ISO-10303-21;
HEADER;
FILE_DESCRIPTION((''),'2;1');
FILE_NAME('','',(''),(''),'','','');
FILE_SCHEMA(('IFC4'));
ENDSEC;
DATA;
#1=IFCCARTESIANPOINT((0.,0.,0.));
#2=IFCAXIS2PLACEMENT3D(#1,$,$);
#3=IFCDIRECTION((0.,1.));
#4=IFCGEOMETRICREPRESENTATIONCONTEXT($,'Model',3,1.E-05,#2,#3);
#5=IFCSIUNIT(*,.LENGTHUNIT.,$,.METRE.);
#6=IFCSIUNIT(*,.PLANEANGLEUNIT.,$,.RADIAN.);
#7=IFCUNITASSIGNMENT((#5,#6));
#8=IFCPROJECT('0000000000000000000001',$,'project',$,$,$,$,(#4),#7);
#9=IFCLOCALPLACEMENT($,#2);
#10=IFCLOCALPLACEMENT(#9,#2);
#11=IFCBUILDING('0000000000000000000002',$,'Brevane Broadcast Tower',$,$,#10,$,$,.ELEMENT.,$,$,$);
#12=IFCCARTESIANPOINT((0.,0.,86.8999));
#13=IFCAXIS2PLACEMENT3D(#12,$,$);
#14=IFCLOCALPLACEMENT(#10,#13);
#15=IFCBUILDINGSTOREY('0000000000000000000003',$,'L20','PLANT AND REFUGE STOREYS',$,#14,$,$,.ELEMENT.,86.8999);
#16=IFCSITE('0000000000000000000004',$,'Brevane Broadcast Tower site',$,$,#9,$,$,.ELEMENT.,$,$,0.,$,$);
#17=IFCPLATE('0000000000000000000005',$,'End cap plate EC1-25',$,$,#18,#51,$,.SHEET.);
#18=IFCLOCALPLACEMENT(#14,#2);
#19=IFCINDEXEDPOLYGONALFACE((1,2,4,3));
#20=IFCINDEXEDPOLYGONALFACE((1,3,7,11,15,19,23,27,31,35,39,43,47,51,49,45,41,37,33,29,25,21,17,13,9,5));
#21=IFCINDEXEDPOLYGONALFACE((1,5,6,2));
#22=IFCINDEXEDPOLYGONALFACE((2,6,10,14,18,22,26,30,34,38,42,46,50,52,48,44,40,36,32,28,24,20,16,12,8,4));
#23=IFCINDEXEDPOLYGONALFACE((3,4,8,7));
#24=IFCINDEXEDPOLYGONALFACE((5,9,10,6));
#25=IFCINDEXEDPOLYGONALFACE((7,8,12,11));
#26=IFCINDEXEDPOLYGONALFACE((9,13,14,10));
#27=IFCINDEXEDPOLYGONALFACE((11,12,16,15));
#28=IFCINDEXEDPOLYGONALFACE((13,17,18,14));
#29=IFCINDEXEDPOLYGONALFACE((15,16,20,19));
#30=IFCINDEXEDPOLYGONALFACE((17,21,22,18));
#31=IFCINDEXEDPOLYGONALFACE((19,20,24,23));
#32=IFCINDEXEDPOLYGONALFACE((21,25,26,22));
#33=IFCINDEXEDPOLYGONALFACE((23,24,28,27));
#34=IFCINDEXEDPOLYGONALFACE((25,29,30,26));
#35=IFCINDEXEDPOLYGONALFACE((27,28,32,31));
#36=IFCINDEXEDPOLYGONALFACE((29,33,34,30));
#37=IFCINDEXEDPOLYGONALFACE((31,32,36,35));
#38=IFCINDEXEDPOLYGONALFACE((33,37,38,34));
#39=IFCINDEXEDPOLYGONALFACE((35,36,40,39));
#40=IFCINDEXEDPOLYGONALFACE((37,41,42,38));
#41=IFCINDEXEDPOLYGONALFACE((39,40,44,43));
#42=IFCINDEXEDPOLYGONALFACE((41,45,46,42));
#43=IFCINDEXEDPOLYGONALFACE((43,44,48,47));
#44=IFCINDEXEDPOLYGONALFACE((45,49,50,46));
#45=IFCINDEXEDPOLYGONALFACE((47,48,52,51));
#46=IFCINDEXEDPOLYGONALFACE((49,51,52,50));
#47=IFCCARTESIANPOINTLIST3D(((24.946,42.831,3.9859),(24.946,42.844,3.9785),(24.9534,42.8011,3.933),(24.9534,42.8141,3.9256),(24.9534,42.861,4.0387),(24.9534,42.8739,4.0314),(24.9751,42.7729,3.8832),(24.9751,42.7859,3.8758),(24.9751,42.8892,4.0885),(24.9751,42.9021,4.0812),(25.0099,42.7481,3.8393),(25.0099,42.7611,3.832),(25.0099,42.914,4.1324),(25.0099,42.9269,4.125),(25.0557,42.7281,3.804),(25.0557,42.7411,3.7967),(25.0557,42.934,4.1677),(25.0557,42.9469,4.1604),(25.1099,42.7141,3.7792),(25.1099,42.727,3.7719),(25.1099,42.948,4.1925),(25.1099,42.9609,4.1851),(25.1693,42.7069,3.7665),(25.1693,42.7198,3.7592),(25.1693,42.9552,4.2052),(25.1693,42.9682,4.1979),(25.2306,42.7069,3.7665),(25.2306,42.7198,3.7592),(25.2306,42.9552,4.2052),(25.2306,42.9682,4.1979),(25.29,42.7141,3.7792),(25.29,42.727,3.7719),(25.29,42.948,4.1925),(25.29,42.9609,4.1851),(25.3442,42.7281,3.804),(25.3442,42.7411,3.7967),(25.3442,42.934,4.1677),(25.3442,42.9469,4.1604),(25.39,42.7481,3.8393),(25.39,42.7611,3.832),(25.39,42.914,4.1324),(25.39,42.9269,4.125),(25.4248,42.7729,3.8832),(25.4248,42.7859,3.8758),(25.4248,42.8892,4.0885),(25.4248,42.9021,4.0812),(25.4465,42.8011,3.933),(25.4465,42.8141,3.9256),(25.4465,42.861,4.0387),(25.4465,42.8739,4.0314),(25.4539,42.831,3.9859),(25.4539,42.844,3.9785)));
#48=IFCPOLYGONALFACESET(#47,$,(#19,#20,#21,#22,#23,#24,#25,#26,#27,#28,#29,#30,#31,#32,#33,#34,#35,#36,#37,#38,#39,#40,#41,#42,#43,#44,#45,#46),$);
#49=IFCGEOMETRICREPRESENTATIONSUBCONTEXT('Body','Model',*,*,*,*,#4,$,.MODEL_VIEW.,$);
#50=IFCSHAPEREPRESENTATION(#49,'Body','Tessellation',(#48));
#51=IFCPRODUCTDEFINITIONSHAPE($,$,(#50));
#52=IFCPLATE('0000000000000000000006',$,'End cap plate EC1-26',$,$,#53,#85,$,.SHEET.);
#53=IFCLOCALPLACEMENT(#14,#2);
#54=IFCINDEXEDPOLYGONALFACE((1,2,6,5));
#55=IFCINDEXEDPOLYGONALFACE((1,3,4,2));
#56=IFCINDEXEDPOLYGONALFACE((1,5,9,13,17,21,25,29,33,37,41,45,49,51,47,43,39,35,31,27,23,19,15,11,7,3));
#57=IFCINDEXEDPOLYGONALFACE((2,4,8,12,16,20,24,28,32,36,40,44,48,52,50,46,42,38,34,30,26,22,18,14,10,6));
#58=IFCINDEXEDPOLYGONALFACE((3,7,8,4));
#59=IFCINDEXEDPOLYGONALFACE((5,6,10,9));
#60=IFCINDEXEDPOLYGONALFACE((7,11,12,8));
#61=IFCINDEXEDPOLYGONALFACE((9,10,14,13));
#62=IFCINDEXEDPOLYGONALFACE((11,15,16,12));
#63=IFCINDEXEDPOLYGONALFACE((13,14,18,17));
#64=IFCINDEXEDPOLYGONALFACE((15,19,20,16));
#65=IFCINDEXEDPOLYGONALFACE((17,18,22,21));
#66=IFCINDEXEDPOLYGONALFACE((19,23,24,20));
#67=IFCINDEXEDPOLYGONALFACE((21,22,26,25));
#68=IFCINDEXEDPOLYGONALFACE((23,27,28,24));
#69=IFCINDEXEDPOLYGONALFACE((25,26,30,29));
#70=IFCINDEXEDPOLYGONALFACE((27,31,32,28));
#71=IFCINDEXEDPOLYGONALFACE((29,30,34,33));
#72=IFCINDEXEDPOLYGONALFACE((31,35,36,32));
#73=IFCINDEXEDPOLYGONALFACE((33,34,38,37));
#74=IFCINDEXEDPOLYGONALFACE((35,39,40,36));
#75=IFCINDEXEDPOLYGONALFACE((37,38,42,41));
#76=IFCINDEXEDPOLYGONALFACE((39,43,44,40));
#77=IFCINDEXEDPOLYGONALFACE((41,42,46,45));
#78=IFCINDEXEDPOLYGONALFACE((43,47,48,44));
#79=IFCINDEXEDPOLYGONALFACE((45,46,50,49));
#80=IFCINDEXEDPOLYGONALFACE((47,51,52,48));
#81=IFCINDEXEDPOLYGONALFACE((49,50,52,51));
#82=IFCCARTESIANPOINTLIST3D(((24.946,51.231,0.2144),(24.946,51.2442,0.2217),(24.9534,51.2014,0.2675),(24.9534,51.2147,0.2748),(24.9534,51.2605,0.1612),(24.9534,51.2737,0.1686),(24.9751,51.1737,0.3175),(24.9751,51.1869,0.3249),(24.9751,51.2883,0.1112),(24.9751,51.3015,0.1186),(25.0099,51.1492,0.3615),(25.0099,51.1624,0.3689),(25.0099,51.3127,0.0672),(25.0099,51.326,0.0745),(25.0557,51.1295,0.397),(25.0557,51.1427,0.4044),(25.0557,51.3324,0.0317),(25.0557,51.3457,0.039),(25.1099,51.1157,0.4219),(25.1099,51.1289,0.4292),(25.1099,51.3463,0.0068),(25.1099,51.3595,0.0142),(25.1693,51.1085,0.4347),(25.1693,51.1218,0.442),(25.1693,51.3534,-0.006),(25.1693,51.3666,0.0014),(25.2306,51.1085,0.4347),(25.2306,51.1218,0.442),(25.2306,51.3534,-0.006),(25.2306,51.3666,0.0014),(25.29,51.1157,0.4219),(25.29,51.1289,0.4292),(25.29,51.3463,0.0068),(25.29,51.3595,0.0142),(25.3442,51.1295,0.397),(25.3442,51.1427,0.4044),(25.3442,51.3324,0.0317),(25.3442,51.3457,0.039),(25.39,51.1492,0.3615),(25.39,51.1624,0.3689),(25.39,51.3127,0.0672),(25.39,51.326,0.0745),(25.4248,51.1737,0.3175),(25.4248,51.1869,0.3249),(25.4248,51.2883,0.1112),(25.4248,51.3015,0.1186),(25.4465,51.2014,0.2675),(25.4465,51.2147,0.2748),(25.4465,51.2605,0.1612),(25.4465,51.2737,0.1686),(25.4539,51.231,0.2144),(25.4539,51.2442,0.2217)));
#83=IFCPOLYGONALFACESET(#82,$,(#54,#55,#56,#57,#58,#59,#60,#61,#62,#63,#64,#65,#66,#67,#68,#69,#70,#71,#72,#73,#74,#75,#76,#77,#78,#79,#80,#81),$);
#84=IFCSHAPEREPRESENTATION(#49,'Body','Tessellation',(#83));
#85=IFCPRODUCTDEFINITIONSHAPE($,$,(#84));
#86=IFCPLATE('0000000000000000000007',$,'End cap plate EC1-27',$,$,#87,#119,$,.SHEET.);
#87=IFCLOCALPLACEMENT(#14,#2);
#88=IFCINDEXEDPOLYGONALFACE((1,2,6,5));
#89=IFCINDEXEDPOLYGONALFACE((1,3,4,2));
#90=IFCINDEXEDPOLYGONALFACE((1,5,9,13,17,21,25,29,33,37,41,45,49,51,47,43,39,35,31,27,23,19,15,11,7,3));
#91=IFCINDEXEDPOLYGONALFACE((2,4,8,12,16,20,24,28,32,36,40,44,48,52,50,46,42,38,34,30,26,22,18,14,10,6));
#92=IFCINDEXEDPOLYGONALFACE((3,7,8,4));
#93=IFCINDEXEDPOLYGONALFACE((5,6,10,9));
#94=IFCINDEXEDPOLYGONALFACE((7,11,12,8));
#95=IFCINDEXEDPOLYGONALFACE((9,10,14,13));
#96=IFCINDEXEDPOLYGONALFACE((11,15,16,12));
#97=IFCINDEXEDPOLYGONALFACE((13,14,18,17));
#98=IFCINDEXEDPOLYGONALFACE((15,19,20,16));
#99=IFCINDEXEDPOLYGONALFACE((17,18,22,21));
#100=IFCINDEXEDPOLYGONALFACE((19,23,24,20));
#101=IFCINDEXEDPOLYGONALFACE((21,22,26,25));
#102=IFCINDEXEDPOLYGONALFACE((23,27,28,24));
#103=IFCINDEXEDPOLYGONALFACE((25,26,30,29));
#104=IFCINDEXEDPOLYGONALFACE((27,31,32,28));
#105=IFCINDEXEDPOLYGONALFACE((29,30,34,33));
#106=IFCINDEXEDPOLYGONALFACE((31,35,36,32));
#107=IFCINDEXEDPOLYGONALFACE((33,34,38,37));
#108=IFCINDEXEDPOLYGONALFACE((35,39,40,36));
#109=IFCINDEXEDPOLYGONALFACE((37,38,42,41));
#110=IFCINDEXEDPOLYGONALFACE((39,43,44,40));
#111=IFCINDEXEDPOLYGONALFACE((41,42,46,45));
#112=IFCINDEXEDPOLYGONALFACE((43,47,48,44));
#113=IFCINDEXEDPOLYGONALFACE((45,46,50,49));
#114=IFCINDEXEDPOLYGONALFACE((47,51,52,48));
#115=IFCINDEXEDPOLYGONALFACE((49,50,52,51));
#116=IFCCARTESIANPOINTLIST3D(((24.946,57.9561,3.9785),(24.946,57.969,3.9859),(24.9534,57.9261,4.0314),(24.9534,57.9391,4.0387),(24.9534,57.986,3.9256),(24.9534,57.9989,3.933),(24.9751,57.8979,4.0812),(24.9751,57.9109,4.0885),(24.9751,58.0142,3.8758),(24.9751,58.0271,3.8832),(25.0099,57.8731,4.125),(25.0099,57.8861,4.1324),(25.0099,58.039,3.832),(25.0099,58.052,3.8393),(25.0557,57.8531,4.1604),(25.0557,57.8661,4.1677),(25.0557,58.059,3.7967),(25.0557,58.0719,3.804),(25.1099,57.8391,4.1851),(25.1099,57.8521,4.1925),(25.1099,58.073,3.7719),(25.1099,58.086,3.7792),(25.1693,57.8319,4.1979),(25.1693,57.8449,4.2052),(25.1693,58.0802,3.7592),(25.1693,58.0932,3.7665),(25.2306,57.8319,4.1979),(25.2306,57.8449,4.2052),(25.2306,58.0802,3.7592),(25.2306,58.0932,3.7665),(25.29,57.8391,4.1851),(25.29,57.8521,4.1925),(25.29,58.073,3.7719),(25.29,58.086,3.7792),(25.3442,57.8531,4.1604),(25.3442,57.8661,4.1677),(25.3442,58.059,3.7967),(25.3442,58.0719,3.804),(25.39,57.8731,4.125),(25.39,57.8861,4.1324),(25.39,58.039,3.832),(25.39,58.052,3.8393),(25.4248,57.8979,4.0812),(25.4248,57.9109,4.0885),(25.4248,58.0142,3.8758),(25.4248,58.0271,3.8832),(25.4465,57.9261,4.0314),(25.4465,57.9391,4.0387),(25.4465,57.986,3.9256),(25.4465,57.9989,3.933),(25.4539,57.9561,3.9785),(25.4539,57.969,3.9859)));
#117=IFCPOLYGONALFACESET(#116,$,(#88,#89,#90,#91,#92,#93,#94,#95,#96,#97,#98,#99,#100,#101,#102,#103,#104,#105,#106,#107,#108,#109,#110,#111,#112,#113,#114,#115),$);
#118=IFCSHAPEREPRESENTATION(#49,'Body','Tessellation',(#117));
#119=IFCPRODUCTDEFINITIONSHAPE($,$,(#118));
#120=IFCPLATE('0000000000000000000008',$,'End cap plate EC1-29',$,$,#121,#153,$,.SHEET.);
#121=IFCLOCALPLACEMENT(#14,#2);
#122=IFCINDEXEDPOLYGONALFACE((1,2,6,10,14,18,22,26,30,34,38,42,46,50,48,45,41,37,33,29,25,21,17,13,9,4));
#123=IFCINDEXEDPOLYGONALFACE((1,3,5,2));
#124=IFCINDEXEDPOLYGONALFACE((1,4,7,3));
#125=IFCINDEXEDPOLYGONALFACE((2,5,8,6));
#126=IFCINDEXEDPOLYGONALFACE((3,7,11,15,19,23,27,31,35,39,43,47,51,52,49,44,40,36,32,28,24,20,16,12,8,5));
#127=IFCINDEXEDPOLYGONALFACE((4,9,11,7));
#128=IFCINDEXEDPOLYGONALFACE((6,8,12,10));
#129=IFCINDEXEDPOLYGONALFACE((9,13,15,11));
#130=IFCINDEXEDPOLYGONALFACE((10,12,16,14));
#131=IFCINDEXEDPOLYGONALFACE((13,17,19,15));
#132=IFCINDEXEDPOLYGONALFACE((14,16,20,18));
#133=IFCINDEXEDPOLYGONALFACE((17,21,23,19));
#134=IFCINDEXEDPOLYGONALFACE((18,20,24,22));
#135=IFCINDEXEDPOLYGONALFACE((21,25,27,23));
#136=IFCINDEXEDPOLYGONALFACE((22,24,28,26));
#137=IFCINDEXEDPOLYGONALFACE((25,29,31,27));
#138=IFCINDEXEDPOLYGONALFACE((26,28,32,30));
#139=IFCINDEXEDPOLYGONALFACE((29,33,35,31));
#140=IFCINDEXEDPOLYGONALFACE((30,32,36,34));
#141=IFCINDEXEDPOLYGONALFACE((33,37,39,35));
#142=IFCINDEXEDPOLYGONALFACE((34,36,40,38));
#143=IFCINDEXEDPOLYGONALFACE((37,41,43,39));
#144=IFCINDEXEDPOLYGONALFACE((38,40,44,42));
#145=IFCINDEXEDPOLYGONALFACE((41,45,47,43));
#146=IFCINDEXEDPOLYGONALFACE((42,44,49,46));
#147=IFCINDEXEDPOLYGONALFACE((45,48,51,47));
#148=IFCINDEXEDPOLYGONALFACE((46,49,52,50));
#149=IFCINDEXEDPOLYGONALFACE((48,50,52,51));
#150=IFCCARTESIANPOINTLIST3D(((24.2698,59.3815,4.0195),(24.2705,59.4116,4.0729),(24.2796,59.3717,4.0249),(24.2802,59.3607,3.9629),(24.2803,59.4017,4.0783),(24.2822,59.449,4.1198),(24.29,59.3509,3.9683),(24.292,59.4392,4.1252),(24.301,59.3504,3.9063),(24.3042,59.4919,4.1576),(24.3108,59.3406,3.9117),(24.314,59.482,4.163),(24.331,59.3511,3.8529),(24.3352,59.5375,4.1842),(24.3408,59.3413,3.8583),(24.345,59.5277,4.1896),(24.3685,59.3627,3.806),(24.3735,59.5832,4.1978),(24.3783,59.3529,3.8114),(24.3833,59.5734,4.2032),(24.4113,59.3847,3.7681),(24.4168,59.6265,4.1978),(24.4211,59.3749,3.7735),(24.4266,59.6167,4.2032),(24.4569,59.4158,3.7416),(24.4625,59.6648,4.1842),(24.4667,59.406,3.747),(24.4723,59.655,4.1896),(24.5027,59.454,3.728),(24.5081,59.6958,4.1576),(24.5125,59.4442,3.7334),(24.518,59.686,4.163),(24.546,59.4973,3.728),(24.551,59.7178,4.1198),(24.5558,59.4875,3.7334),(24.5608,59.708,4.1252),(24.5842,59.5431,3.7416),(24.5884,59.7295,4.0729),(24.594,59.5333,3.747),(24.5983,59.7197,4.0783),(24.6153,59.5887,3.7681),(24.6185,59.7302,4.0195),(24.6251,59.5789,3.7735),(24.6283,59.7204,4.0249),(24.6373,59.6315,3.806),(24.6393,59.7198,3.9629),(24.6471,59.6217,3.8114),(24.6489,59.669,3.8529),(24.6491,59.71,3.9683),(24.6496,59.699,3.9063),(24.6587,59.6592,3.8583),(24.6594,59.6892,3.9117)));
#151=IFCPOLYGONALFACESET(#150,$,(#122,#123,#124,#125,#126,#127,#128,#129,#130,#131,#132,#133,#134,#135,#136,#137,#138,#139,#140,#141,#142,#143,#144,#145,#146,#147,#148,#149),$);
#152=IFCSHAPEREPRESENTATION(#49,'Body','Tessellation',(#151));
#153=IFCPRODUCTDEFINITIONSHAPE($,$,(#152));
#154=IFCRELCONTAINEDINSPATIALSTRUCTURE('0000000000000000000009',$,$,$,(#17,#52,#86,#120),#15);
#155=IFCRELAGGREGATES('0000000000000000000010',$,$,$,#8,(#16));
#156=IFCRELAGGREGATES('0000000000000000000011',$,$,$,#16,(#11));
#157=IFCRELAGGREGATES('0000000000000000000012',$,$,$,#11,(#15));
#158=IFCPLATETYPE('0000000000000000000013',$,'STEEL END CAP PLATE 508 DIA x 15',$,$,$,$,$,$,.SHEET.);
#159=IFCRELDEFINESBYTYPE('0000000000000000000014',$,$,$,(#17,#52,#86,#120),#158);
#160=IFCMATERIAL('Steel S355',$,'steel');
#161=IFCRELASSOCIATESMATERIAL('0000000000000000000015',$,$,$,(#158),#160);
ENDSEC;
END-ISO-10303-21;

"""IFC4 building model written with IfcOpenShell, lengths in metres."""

from ifc_helpers import new_model, si_unit, direction, frame, origin, origin_2d, place, context, subcontext, project, spatial, circle, extrude, material, material_profile, profile_set, type_object, element, save


model = new_model("IFC4")

# Units and contexts
model_context = context("Model", 3, precision=1e-05, world=origin(), true_north=direction((0.0, 1.0)))
body_context = subcontext(model_context, "Body", "Model", "MODEL_VIEW")
ifc_project = project(units=[si_unit("LENGTHUNIT", "METRE"), si_unit("PLANEANGLEUNIT", "RADIAN")], contexts=[model_context])

# Site, building, storey
site_placement = place(None, origin())
site = spatial("IfcSite", under=ifc_project, at=site_placement, Name="Brevane Broadcast Tower site", CompositionType="ELEMENT", RefElevation=0.0)
building_placement = place(site_placement, origin())
building = spatial("IfcBuilding", under=site, at=building_placement, Name="Brevane Broadcast Tower", CompositionType="ELEMENT")
storey_placement = place(building_placement, frame((0.0, 0.0, 86.8999)))
storey = spatial("IfcBuildingStorey", under=building, at=storey_placement, Name="L20", Description="PLANT AND REFUGE STOREYS", CompositionType="ELEMENT", Elevation=86.8999)

# Shared definitions
ifc_material_1 = material(Name="Steel S355", Category="steel")

# Plates
ifc_material_profile_1 = material_profile(ifc_material_1, circle(Radius=0.2539, at=origin_2d()), Name="PL 508 DIA x 15")
ifc_profile_set_1 = profile_set([ifc_material_profile_1], Name="Steel S355")
plate_type = type_object("IfcPlateType", Name="STEEL END CAP PLATE 508 DIA x 15", PredefinedType="SHEET", material=ifc_profile_set_1)
plate_1_placement = place(storey_placement, frame((25.2, 42.844, 3.9785), z_axis=(0.0, -0.870257, 0.492598), x_axis=(1.0, 0.0, 0.0)))
element("IfcPlate", 1, at=plate_1_placement, inside=storey, type_object=plate_type, Name="End cap plate EC1-25", PredefinedType="SHEET", context=body_context, shape_type="SweptSolid", body=[
    extrude(circle(Radius=0.2539, at=origin_2d()), origin(), (0.0, 0.0, 1.0), 0.0149),
])
plate_2_placement = place(storey_placement, frame((25.2, 51.231, 0.2144), z_axis=(0.0, 0.874157, 0.485643), x_axis=(-1.0, 0.0, 0.0)))
element("IfcPlate", 2, at=plate_2_placement, inside=storey, type_object=plate_type, Name="End cap plate EC1-26", PredefinedType="SHEET", context=body_context, shape_type="SweptSolid", body=[
    extrude(circle(Radius=0.2539, at=origin_2d()), origin(), (0.0, 0.0, 1.0), 0.0151),
])
for number, where, z_axis, x_axis, name in (
    (3, (25.2, 57.9561, 3.9785), (0.0, 0.870257, 0.492598), (-1.0, 0.0, 0.0), "End cap plate EC1-27"),
    (4, (24.4597, 59.5403, 3.9629), (0.659022, -0.659022, 0.362462), (0.707107, 0.707107, 0.0), "End cap plate EC1-29"),
):
    element("IfcPlate", number, at=place(storey_placement, frame(where, z_axis=z_axis, x_axis=x_axis)), inside=storey, type_object=plate_type, Name=name, PredefinedType="SHEET", context=body_context, shape_type="SweptSolid", body=[
        extrude(circle(Radius=0.2539, at=origin_2d()), origin(), (0.0, 0.0, 1.0), 0.0149),
    ])

save(model, "model.ifc")
